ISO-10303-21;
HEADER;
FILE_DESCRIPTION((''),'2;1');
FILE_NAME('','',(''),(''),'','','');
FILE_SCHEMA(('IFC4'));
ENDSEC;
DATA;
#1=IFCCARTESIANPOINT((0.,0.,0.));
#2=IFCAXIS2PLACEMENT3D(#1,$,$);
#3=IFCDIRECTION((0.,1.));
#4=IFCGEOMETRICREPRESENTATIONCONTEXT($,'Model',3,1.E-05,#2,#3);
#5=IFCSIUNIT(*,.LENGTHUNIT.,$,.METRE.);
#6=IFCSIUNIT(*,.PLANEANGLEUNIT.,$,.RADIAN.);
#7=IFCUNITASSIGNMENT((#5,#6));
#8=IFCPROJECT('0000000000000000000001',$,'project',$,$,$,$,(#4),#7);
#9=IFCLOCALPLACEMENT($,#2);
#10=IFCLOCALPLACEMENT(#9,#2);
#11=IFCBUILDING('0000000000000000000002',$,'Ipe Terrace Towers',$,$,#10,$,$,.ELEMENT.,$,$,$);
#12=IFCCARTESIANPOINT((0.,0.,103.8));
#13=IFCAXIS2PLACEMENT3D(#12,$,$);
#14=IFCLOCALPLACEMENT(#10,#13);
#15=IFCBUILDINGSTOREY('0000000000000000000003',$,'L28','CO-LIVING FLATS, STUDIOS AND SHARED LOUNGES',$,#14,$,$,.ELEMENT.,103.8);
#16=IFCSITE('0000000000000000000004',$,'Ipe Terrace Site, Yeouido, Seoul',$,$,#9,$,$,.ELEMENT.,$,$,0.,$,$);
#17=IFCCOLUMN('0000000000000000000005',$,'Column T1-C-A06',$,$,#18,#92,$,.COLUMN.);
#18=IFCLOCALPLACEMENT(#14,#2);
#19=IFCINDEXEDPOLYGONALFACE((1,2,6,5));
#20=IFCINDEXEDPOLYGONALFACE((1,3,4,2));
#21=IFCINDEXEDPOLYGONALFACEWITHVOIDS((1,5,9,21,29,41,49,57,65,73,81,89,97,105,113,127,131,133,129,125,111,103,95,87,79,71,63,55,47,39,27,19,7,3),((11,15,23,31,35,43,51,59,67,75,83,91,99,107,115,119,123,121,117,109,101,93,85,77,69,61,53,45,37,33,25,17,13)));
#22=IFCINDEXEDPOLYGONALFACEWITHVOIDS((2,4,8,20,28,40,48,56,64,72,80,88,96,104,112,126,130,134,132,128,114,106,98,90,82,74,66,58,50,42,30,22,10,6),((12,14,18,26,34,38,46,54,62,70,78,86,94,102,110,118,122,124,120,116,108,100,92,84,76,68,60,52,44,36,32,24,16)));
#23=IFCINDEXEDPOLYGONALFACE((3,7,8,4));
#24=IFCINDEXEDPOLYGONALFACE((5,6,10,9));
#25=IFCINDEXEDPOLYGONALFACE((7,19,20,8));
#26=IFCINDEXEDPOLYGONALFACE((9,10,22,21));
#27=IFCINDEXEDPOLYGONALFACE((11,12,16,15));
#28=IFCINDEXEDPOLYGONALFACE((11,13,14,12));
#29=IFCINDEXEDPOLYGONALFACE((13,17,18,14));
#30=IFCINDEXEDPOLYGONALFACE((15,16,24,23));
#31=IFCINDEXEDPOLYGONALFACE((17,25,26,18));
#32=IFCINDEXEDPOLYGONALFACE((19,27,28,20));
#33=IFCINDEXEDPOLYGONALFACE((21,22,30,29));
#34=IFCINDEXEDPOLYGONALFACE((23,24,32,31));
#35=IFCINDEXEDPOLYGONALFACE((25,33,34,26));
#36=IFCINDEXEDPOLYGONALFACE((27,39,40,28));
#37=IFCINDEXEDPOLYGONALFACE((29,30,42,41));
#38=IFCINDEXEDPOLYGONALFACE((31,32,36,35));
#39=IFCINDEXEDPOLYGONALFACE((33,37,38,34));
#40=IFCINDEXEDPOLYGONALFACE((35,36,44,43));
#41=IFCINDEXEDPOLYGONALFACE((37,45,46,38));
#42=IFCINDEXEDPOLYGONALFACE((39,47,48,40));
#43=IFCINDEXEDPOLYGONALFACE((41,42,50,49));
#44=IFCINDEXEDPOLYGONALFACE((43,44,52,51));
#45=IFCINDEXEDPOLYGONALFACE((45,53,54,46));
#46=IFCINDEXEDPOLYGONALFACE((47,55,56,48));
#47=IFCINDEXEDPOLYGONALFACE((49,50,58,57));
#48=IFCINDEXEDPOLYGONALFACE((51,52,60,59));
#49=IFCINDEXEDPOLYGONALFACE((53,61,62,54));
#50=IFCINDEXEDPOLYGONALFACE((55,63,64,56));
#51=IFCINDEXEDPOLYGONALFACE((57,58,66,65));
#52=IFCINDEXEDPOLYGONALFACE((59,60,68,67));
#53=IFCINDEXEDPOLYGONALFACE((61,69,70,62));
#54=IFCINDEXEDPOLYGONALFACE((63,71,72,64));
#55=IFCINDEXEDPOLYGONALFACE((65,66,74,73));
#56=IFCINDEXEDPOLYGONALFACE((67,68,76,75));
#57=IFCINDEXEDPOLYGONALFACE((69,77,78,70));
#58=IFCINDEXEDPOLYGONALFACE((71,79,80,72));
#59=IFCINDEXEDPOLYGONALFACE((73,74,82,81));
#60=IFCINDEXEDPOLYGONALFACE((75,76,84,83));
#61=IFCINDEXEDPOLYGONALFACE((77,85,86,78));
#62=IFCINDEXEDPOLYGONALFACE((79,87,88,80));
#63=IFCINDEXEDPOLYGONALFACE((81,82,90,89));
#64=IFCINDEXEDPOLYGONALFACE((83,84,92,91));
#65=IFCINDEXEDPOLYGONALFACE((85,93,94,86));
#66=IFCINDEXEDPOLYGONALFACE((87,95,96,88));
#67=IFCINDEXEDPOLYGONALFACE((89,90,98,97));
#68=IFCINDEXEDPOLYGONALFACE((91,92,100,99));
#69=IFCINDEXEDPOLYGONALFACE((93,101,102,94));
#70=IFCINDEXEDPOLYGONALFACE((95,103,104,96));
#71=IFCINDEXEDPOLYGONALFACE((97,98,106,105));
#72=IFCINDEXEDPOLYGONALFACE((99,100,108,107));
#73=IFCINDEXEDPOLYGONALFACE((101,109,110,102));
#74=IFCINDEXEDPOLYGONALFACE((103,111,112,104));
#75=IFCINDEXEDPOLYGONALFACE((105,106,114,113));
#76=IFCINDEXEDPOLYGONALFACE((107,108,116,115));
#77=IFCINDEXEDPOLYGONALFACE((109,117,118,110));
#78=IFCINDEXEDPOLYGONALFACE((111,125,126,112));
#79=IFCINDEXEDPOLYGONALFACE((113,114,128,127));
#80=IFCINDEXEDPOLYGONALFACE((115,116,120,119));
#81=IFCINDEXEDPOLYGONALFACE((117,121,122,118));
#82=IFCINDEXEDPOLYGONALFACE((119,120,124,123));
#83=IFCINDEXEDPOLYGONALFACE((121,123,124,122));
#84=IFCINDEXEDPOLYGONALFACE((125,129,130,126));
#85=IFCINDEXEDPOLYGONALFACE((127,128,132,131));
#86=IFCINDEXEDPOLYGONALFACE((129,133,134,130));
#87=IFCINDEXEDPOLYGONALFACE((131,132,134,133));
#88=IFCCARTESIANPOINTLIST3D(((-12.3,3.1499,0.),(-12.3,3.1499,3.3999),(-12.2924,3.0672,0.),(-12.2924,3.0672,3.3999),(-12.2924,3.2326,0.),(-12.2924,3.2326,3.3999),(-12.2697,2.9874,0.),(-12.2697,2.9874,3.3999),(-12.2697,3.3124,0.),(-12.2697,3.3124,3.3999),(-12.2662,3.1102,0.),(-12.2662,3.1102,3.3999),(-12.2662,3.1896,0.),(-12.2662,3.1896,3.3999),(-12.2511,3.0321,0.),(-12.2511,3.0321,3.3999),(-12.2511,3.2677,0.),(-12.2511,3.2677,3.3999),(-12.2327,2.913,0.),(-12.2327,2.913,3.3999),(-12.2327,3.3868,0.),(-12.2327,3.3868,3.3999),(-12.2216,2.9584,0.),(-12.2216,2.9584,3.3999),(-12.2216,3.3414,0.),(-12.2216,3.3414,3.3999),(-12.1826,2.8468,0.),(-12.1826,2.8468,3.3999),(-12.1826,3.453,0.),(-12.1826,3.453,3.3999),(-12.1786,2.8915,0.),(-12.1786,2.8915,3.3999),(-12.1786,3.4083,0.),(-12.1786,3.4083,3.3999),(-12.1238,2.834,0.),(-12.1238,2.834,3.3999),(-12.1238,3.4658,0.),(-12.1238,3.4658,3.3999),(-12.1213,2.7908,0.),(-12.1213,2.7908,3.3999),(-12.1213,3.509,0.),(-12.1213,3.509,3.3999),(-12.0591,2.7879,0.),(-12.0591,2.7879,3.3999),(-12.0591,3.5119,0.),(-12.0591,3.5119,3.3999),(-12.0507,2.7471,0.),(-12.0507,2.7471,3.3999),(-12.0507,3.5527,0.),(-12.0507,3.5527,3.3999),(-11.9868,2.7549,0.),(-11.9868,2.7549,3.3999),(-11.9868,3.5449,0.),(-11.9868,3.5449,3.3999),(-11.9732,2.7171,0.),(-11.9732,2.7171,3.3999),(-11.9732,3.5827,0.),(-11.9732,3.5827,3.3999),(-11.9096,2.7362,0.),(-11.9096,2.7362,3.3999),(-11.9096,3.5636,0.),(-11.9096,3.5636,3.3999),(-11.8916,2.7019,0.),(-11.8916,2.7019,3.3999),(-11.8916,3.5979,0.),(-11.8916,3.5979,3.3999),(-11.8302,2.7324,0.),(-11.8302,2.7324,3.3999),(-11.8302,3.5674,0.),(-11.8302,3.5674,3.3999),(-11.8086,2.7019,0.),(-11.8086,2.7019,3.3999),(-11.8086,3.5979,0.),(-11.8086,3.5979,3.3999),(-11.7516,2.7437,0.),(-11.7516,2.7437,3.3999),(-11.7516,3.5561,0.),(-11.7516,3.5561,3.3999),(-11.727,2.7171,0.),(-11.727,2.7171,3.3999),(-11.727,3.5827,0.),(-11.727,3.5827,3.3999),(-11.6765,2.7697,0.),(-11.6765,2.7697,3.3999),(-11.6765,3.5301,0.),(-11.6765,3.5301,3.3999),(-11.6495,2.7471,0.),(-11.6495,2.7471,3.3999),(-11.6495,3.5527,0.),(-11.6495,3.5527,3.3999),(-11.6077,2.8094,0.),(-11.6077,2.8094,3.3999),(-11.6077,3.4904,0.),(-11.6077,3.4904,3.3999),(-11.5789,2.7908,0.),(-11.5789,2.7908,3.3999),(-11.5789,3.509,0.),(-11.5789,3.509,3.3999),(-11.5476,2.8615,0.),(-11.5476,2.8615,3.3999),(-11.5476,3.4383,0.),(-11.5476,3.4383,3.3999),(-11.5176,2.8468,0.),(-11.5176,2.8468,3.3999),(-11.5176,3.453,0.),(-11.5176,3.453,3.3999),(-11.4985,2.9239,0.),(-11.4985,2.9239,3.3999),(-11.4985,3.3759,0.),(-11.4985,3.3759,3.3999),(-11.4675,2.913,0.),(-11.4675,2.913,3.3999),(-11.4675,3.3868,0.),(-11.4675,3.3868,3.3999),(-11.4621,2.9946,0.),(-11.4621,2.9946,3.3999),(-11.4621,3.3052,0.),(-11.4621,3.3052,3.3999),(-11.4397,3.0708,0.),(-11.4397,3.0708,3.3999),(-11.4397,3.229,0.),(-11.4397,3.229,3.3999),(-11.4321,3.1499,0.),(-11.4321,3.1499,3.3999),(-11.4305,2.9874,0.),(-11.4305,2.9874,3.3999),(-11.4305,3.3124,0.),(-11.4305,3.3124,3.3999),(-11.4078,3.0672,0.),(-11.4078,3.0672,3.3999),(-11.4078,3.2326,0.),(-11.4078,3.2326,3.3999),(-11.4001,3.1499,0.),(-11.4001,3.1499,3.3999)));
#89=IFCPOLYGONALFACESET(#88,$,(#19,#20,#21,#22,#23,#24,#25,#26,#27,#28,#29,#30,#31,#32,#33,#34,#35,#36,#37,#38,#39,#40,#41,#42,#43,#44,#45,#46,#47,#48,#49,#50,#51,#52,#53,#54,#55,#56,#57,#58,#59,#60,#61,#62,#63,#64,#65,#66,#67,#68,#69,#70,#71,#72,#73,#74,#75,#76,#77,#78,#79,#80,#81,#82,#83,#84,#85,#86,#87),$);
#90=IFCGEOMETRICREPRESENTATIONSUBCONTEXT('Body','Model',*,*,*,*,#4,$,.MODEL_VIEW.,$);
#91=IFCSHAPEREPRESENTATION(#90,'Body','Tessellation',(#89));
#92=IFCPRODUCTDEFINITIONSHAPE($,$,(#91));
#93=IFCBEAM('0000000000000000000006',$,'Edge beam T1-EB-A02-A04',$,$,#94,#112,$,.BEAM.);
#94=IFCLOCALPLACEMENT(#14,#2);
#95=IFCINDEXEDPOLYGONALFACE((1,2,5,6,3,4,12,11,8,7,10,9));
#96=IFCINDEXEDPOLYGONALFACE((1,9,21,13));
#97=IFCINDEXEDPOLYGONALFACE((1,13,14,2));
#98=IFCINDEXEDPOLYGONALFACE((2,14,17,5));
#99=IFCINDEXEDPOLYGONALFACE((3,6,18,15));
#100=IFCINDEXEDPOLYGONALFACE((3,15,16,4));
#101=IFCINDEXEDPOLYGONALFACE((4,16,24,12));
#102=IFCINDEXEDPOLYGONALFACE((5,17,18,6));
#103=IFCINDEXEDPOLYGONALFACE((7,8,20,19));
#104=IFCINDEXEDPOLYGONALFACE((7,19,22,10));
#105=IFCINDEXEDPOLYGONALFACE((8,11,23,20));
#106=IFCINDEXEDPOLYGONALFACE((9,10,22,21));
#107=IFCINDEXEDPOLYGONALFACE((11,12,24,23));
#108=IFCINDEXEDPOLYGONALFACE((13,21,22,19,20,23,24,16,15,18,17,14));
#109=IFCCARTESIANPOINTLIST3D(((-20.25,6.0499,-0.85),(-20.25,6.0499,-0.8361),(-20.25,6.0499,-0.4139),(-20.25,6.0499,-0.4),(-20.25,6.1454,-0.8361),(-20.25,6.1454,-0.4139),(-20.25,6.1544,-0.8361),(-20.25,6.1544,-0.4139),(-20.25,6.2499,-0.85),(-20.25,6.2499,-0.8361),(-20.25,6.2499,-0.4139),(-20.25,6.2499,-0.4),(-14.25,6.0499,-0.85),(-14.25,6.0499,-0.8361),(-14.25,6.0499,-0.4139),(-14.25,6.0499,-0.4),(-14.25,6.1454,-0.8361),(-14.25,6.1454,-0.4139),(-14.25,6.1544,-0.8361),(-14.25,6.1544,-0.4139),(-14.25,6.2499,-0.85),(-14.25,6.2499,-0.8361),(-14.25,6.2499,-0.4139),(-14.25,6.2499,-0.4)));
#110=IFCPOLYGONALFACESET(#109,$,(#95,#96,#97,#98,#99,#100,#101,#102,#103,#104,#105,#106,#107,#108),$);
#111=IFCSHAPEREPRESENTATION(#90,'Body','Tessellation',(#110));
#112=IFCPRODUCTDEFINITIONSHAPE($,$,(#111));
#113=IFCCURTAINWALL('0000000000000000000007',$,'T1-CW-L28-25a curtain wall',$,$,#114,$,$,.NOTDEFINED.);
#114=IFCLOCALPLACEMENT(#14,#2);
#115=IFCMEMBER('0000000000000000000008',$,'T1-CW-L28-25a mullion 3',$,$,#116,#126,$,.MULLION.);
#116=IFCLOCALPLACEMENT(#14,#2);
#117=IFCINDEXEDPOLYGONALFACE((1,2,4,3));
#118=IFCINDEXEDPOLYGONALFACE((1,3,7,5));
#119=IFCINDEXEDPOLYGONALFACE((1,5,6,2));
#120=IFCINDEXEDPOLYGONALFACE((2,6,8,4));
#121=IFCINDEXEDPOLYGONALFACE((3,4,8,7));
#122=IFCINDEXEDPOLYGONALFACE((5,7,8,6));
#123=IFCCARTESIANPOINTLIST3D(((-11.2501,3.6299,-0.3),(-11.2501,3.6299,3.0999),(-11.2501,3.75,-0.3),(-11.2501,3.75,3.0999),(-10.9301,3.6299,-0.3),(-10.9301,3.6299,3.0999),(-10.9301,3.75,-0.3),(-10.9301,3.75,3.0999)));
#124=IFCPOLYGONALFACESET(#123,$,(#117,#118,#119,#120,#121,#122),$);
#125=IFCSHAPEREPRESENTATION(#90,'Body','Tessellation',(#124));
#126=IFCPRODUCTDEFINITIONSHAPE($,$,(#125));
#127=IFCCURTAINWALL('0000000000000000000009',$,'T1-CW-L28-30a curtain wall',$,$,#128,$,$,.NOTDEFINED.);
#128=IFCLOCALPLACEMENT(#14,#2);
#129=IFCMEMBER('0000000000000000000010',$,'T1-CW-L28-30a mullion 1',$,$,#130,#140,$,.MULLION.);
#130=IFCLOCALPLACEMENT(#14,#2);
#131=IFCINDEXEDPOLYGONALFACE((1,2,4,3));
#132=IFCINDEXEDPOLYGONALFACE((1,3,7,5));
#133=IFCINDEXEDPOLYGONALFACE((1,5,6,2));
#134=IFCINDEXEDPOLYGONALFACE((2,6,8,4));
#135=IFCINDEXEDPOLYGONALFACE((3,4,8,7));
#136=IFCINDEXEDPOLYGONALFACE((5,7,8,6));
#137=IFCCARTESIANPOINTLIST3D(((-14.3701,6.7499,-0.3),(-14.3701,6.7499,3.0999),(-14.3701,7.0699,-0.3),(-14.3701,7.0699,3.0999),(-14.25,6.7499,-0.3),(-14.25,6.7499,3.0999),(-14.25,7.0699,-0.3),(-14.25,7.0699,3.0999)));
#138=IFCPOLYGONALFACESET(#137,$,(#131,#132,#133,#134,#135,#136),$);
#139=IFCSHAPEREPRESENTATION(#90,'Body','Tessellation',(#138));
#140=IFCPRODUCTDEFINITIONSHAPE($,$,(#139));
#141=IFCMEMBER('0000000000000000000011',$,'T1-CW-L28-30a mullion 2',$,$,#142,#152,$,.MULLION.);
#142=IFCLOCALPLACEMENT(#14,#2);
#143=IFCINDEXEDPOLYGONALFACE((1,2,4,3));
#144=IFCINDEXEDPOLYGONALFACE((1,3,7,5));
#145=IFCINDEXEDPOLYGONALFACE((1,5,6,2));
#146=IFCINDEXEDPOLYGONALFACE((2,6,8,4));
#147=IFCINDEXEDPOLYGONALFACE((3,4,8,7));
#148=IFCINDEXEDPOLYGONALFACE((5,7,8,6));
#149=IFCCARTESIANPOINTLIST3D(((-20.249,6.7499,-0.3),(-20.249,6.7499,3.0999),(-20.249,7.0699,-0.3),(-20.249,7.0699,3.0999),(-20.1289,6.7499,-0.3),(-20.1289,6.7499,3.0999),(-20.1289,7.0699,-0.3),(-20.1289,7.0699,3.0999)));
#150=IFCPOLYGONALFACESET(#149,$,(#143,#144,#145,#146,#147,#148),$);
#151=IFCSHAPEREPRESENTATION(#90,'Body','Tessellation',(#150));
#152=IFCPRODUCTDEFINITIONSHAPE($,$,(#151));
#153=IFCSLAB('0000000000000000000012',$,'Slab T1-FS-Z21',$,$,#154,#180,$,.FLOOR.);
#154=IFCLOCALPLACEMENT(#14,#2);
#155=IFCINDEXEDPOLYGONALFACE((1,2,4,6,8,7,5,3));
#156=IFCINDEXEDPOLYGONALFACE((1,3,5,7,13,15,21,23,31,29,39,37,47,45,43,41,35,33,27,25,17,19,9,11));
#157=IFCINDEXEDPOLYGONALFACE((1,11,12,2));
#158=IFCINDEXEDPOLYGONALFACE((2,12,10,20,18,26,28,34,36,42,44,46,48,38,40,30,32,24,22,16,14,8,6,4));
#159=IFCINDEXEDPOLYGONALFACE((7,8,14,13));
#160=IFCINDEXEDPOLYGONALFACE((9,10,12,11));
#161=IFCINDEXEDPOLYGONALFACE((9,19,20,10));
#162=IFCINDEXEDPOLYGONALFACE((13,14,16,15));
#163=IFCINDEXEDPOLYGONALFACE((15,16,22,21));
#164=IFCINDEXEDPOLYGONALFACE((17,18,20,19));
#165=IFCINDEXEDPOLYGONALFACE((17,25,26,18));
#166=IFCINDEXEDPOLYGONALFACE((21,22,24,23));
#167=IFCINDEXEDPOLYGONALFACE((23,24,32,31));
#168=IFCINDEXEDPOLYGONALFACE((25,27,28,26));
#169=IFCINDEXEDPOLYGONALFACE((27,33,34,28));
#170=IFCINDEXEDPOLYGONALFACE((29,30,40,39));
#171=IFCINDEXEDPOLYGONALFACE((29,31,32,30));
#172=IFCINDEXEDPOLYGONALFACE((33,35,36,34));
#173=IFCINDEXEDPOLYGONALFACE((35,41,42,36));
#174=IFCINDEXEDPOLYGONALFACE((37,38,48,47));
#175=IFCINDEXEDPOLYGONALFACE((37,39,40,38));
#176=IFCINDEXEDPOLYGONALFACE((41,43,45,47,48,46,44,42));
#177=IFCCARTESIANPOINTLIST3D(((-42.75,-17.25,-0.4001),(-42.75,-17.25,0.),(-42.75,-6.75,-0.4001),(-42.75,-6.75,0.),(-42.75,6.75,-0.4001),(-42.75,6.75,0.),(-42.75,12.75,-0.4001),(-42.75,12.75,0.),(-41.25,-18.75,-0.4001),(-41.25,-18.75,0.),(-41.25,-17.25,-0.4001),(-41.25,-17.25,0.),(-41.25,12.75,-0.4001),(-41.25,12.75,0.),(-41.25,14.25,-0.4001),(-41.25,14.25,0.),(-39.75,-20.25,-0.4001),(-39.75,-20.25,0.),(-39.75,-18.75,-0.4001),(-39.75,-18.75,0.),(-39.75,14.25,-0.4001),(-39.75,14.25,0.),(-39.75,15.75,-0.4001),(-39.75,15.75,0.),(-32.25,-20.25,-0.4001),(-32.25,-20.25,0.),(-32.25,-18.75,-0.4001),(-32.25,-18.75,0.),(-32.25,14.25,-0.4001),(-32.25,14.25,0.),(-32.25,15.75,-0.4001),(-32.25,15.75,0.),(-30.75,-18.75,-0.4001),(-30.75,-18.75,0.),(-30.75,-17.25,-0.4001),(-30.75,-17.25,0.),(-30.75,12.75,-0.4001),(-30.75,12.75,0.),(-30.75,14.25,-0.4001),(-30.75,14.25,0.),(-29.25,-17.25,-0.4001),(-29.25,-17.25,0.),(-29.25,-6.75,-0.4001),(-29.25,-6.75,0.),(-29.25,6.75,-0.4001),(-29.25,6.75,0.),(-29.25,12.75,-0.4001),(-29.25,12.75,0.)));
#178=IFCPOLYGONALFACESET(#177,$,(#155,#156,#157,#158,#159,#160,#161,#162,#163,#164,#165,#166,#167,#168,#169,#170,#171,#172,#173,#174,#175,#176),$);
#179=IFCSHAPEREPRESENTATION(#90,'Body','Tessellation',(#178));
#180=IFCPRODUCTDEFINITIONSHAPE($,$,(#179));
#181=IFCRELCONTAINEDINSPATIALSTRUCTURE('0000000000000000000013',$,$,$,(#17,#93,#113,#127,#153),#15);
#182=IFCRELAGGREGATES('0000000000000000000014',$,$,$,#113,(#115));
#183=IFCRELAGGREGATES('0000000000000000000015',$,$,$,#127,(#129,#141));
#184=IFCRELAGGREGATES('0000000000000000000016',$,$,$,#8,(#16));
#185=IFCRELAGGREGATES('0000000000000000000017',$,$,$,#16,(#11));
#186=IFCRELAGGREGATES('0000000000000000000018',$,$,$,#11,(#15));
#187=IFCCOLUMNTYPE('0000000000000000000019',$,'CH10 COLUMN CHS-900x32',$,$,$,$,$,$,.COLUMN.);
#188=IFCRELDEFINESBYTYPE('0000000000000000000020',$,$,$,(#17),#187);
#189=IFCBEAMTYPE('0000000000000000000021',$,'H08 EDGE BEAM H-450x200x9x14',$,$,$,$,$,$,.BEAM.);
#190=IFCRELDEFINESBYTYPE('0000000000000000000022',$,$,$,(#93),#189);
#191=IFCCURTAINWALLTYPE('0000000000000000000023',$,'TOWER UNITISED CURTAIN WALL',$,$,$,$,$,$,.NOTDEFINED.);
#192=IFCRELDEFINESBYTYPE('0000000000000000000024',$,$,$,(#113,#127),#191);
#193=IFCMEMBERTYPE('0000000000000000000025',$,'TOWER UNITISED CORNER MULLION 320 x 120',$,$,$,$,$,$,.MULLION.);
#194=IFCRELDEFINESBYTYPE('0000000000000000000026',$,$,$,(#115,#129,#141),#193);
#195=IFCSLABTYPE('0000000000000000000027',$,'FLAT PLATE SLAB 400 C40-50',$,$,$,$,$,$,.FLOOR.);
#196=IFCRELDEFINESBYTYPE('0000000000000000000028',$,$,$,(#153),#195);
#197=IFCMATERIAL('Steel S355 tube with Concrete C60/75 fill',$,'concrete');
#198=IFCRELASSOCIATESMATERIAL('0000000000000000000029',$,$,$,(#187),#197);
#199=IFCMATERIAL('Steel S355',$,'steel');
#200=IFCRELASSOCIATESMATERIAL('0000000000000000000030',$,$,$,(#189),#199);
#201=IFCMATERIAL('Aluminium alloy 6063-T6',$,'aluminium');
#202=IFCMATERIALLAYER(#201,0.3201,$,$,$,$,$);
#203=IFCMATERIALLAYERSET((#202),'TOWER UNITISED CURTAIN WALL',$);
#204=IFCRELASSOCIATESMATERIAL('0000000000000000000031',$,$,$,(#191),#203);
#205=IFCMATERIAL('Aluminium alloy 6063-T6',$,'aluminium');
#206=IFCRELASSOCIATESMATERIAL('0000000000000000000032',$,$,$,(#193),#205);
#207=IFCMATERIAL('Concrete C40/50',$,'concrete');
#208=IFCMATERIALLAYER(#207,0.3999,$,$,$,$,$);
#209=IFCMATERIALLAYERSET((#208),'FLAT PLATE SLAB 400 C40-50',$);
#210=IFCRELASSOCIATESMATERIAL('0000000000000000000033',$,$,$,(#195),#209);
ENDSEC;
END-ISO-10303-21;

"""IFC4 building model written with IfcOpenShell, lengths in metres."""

from ifc_helpers import new_model, si_unit, direction, frame, origin, origin_2d, place, context, subcontext, project, spatial, polyline, rectangle, hollow_circle, i_section, outline, extrude, material, layer, layer_set, material_profile, profile_set, type_object, element, aggregate, save


model = new_model("IFC4")

# Units and contexts
model_context = context("Model", 3, precision=1e-05, world=origin(), true_north=direction((0.0, 1.0)))
body_context = subcontext(model_context, "Body", "Model", "MODEL_VIEW")
ifc_project = project(units=[si_unit("LENGTHUNIT", "METRE"), si_unit("PLANEANGLEUNIT", "RADIAN")], contexts=[model_context])

# Site, building, storey
site_placement = place(None, origin())
site = spatial("IfcSite", under=ifc_project, at=site_placement, Name="Ipe Terrace Site, Yeouido, Seoul", CompositionType="ELEMENT", RefElevation=0.0)
building_placement = place(site_placement, origin())
building = spatial("IfcBuilding", under=site, at=building_placement, Name="Ipe Terrace Towers", CompositionType="ELEMENT")
storey_placement = place(building_placement, frame((0.0, 0.0, 103.8)))
storey = spatial("IfcBuildingStorey", under=building, at=storey_placement, Name="L28", Description="CO-LIVING FLATS, STUDIOS AND SHARED LOUNGES", CompositionType="ELEMENT", Elevation=103.8)

# Column
ifc_material_1 = material(Name="Steel S355 tube with Concrete C60/75 fill", Category="concrete")
ifc_material_profile_1 = material_profile(ifc_material_1, hollow_circle(Radius=0.45, WallThickness=0.032, at=origin_2d()), Name="CHS-900x32")
ifc_profile_set_1 = profile_set([ifc_material_profile_1], Name="Steel S355 tube with Concrete C60/75 fill")
column_type = type_object("IfcColumnType", Name="CH10 COLUMN CHS-900x32", PredefinedType="COLUMN", material=ifc_profile_set_1)
for number, where, z_axis, x_axis, name in (
    (1, (-11.8501, 3.1499, 0.0), (0.0, 0.0, 1.0), (1.0, 0.0, 0.0), "Column T1-C-A06"),
):
    element("IfcColumn", number, at=place(storey_placement, frame(where, z_axis=z_axis, x_axis=x_axis)), inside=storey, type_object=column_type, Name=name, PredefinedType="COLUMN", context=body_context, shape_type="SweptSolid", body=[
        extrude(hollow_circle(Radius=0.45, WallThickness=0.032, at=origin_2d()), origin(), (0.0, 0.0, 1.0), 3.3999),
    ])

# Beam
ifc_material_2 = material(Name="Steel S355", Category="steel")
ifc_material_profile_2 = material_profile(ifc_material_2, i_section(OverallWidth=0.2, OverallDepth=0.45, WebThickness=0.009, FlangeThickness=0.0139, at=origin_2d()), Name="H-450x200x9x14")
ifc_profile_set_2 = profile_set([ifc_material_profile_2], Name="Steel S355")
beam_type = type_object("IfcBeamType", Name="H08 EDGE BEAM H-450x200x9x14", PredefinedType="BEAM", material=ifc_profile_set_2)
beam_placement = place(storey_placement, frame((-20.25, 6.1499, -0.625), z_axis=(1.0, 0.0, 0.0), x_axis=(0.0, 1.0, 0.0)))
element("IfcBeam", 2, at=beam_placement, inside=storey, type_object=beam_type, Name="Edge beam T1-EB-A02-A04", PredefinedType="BEAM", context=body_context, shape_type="SweptSolid", body=[
    extrude(i_section(OverallWidth=0.2, OverallDepth=0.45, WebThickness=0.009, FlangeThickness=0.0139, at=origin_2d()), origin(), (0.0, 0.0, 1.0), 6.0),
])

# Curtain wall, member
ifc_material_3 = material(Name="Aluminium alloy 6063-T6", Category="aluminium")
ifc_layer_1 = layer(ifc_material_3, 0.3201)
ifc_layer_set_1 = layer_set([ifc_layer_1], Name="TOWER UNITISED CURTAIN WALL")
curtain_wall_type = type_object("IfcCurtainWallType", Name="TOWER UNITISED CURTAIN WALL", PredefinedType="NOTDEFINED", material=ifc_layer_set_1)
curtain_wall_1_placement = place(storey_placement, origin())
curtain_wall_1 = element("IfcCurtainWall", 3, at=curtain_wall_1_placement, inside=storey, type_object=curtain_wall_type, Name="T1-CW-L28-25a curtain wall", PredefinedType="NOTDEFINED")
ifc_material_4 = material(Name="Aluminium alloy 6063-T6", Category="aluminium")
ifc_material_profile_3 = material_profile(ifc_material_4, rectangle(XDim=0.3201, YDim=0.1201, at=origin_2d()), Name="TOWER UNITISED CORNER MULLION 320 x 120")
ifc_profile_set_3 = profile_set([ifc_material_profile_3], Name="Aluminium alloy 6063-T6")
member_type = type_object("IfcMemberType", Name="TOWER UNITISED CORNER MULLION 320 x 120", PredefinedType="MULLION", material=ifc_profile_set_3)
member_1_placement = place(storey_placement, frame((-11.0901, 3.6899, -0.3), z_axis=(0.0, 0.0, 1.0), x_axis=(1.0, 0.0, 0.0)))
member_1 = element("IfcMember", 4, at=member_1_placement, type_object=member_type, Name="T1-CW-L28-25a mullion 3", PredefinedType="MULLION", context=body_context, shape_type="SweptSolid", body=[
    extrude(rectangle(XDim=0.3201, YDim=0.1201, at=origin_2d()), origin(), (0.0, 0.0, 1.0), 3.3999),
])

# Curtain wall, members
curtain_wall_2_placement = place(storey_placement, origin())
curtain_wall_2 = element("IfcCurtainWall", 5, at=curtain_wall_2_placement, inside=storey, type_object=curtain_wall_type, Name="T1-CW-L28-30a curtain wall", PredefinedType="NOTDEFINED")
member_2_placement = place(storey_placement, frame((-14.3101, 6.9099, -0.3), z_axis=(0.0, 0.0, 1.0), x_axis=(0.0, 1.0, 0.0)))
member_2 = element("IfcMember", 6, at=member_2_placement, type_object=member_type, Name="T1-CW-L28-30a mullion 1", PredefinedType="MULLION", context=body_context, shape_type="SweptSolid", body=[
    extrude(rectangle(XDim=0.3201, YDim=0.1201, at=origin_2d()), origin(), (0.0, 0.0, 1.0), 3.3999),
])
member_3_placement = place(storey_placement, frame((-20.189, 6.9099, -0.3), z_axis=(0.0, 0.0, 1.0), x_axis=(0.0, 1.0, 0.0)))
member_3 = element("IfcMember", 7, at=member_3_placement, type_object=member_type, Name="T1-CW-L28-30a mullion 2", PredefinedType="MULLION", context=body_context, shape_type="SweptSolid", body=[
    extrude(rectangle(XDim=0.3201, YDim=0.1201, at=origin_2d()), origin(), (0.0, 0.0, 1.0), 3.3999),
])

# Slab
ifc_material_5 = material(Name="Concrete C40/50", Category="concrete")
ifc_layer_2 = layer(ifc_material_5, 0.3999)
ifc_layer_set_2 = layer_set([ifc_layer_2], Name="FLAT PLATE SLAB 400 C40-50")
slab_type = type_object("IfcSlabType", Name="FLAT PLATE SLAB 400 C40-50", PredefinedType="FLOOR", material=ifc_layer_set_2)
slab_1_placement = place(storey_placement, frame((0.0, 0.0, -0.4001)))
element("IfcSlab", 8, at=slab_1_placement, inside=storey, type_object=slab_type, Name="Slab T1-FS-Z21", PredefinedType="FLOOR", context=body_context, shape_type="SweptSolid", body=[
    extrude(outline(polyline([(-30.75, -17.25), (-30.75, -18.75), (-32.25, -18.75), (-32.25, -20.25), (-39.75, -20.25), (-39.75, -18.75), (-41.25, -18.75), (-41.25, -17.25), (-42.75, -17.25), (-42.75, -6.75), (-42.75, 6.75), (-42.75, 12.75), (-41.25, 12.75), (-41.25, 14.25), (-39.75, 14.25), (-39.75, 15.75), (-32.25, 15.75), (-32.25, 14.25), (-30.75, 14.25), (-30.75, 12.75), (-29.25, 12.75), (-29.25, 6.75), (-29.25, -6.75), (-29.25, -17.25), (-30.75, -17.25)])), origin(), (0.0, 0.0, 1.0), 0.4001),
])

aggregate(curtain_wall_1, [member_1])
aggregate(curtain_wall_2, [member_2, member_3])

save(model, "model.ifc")
